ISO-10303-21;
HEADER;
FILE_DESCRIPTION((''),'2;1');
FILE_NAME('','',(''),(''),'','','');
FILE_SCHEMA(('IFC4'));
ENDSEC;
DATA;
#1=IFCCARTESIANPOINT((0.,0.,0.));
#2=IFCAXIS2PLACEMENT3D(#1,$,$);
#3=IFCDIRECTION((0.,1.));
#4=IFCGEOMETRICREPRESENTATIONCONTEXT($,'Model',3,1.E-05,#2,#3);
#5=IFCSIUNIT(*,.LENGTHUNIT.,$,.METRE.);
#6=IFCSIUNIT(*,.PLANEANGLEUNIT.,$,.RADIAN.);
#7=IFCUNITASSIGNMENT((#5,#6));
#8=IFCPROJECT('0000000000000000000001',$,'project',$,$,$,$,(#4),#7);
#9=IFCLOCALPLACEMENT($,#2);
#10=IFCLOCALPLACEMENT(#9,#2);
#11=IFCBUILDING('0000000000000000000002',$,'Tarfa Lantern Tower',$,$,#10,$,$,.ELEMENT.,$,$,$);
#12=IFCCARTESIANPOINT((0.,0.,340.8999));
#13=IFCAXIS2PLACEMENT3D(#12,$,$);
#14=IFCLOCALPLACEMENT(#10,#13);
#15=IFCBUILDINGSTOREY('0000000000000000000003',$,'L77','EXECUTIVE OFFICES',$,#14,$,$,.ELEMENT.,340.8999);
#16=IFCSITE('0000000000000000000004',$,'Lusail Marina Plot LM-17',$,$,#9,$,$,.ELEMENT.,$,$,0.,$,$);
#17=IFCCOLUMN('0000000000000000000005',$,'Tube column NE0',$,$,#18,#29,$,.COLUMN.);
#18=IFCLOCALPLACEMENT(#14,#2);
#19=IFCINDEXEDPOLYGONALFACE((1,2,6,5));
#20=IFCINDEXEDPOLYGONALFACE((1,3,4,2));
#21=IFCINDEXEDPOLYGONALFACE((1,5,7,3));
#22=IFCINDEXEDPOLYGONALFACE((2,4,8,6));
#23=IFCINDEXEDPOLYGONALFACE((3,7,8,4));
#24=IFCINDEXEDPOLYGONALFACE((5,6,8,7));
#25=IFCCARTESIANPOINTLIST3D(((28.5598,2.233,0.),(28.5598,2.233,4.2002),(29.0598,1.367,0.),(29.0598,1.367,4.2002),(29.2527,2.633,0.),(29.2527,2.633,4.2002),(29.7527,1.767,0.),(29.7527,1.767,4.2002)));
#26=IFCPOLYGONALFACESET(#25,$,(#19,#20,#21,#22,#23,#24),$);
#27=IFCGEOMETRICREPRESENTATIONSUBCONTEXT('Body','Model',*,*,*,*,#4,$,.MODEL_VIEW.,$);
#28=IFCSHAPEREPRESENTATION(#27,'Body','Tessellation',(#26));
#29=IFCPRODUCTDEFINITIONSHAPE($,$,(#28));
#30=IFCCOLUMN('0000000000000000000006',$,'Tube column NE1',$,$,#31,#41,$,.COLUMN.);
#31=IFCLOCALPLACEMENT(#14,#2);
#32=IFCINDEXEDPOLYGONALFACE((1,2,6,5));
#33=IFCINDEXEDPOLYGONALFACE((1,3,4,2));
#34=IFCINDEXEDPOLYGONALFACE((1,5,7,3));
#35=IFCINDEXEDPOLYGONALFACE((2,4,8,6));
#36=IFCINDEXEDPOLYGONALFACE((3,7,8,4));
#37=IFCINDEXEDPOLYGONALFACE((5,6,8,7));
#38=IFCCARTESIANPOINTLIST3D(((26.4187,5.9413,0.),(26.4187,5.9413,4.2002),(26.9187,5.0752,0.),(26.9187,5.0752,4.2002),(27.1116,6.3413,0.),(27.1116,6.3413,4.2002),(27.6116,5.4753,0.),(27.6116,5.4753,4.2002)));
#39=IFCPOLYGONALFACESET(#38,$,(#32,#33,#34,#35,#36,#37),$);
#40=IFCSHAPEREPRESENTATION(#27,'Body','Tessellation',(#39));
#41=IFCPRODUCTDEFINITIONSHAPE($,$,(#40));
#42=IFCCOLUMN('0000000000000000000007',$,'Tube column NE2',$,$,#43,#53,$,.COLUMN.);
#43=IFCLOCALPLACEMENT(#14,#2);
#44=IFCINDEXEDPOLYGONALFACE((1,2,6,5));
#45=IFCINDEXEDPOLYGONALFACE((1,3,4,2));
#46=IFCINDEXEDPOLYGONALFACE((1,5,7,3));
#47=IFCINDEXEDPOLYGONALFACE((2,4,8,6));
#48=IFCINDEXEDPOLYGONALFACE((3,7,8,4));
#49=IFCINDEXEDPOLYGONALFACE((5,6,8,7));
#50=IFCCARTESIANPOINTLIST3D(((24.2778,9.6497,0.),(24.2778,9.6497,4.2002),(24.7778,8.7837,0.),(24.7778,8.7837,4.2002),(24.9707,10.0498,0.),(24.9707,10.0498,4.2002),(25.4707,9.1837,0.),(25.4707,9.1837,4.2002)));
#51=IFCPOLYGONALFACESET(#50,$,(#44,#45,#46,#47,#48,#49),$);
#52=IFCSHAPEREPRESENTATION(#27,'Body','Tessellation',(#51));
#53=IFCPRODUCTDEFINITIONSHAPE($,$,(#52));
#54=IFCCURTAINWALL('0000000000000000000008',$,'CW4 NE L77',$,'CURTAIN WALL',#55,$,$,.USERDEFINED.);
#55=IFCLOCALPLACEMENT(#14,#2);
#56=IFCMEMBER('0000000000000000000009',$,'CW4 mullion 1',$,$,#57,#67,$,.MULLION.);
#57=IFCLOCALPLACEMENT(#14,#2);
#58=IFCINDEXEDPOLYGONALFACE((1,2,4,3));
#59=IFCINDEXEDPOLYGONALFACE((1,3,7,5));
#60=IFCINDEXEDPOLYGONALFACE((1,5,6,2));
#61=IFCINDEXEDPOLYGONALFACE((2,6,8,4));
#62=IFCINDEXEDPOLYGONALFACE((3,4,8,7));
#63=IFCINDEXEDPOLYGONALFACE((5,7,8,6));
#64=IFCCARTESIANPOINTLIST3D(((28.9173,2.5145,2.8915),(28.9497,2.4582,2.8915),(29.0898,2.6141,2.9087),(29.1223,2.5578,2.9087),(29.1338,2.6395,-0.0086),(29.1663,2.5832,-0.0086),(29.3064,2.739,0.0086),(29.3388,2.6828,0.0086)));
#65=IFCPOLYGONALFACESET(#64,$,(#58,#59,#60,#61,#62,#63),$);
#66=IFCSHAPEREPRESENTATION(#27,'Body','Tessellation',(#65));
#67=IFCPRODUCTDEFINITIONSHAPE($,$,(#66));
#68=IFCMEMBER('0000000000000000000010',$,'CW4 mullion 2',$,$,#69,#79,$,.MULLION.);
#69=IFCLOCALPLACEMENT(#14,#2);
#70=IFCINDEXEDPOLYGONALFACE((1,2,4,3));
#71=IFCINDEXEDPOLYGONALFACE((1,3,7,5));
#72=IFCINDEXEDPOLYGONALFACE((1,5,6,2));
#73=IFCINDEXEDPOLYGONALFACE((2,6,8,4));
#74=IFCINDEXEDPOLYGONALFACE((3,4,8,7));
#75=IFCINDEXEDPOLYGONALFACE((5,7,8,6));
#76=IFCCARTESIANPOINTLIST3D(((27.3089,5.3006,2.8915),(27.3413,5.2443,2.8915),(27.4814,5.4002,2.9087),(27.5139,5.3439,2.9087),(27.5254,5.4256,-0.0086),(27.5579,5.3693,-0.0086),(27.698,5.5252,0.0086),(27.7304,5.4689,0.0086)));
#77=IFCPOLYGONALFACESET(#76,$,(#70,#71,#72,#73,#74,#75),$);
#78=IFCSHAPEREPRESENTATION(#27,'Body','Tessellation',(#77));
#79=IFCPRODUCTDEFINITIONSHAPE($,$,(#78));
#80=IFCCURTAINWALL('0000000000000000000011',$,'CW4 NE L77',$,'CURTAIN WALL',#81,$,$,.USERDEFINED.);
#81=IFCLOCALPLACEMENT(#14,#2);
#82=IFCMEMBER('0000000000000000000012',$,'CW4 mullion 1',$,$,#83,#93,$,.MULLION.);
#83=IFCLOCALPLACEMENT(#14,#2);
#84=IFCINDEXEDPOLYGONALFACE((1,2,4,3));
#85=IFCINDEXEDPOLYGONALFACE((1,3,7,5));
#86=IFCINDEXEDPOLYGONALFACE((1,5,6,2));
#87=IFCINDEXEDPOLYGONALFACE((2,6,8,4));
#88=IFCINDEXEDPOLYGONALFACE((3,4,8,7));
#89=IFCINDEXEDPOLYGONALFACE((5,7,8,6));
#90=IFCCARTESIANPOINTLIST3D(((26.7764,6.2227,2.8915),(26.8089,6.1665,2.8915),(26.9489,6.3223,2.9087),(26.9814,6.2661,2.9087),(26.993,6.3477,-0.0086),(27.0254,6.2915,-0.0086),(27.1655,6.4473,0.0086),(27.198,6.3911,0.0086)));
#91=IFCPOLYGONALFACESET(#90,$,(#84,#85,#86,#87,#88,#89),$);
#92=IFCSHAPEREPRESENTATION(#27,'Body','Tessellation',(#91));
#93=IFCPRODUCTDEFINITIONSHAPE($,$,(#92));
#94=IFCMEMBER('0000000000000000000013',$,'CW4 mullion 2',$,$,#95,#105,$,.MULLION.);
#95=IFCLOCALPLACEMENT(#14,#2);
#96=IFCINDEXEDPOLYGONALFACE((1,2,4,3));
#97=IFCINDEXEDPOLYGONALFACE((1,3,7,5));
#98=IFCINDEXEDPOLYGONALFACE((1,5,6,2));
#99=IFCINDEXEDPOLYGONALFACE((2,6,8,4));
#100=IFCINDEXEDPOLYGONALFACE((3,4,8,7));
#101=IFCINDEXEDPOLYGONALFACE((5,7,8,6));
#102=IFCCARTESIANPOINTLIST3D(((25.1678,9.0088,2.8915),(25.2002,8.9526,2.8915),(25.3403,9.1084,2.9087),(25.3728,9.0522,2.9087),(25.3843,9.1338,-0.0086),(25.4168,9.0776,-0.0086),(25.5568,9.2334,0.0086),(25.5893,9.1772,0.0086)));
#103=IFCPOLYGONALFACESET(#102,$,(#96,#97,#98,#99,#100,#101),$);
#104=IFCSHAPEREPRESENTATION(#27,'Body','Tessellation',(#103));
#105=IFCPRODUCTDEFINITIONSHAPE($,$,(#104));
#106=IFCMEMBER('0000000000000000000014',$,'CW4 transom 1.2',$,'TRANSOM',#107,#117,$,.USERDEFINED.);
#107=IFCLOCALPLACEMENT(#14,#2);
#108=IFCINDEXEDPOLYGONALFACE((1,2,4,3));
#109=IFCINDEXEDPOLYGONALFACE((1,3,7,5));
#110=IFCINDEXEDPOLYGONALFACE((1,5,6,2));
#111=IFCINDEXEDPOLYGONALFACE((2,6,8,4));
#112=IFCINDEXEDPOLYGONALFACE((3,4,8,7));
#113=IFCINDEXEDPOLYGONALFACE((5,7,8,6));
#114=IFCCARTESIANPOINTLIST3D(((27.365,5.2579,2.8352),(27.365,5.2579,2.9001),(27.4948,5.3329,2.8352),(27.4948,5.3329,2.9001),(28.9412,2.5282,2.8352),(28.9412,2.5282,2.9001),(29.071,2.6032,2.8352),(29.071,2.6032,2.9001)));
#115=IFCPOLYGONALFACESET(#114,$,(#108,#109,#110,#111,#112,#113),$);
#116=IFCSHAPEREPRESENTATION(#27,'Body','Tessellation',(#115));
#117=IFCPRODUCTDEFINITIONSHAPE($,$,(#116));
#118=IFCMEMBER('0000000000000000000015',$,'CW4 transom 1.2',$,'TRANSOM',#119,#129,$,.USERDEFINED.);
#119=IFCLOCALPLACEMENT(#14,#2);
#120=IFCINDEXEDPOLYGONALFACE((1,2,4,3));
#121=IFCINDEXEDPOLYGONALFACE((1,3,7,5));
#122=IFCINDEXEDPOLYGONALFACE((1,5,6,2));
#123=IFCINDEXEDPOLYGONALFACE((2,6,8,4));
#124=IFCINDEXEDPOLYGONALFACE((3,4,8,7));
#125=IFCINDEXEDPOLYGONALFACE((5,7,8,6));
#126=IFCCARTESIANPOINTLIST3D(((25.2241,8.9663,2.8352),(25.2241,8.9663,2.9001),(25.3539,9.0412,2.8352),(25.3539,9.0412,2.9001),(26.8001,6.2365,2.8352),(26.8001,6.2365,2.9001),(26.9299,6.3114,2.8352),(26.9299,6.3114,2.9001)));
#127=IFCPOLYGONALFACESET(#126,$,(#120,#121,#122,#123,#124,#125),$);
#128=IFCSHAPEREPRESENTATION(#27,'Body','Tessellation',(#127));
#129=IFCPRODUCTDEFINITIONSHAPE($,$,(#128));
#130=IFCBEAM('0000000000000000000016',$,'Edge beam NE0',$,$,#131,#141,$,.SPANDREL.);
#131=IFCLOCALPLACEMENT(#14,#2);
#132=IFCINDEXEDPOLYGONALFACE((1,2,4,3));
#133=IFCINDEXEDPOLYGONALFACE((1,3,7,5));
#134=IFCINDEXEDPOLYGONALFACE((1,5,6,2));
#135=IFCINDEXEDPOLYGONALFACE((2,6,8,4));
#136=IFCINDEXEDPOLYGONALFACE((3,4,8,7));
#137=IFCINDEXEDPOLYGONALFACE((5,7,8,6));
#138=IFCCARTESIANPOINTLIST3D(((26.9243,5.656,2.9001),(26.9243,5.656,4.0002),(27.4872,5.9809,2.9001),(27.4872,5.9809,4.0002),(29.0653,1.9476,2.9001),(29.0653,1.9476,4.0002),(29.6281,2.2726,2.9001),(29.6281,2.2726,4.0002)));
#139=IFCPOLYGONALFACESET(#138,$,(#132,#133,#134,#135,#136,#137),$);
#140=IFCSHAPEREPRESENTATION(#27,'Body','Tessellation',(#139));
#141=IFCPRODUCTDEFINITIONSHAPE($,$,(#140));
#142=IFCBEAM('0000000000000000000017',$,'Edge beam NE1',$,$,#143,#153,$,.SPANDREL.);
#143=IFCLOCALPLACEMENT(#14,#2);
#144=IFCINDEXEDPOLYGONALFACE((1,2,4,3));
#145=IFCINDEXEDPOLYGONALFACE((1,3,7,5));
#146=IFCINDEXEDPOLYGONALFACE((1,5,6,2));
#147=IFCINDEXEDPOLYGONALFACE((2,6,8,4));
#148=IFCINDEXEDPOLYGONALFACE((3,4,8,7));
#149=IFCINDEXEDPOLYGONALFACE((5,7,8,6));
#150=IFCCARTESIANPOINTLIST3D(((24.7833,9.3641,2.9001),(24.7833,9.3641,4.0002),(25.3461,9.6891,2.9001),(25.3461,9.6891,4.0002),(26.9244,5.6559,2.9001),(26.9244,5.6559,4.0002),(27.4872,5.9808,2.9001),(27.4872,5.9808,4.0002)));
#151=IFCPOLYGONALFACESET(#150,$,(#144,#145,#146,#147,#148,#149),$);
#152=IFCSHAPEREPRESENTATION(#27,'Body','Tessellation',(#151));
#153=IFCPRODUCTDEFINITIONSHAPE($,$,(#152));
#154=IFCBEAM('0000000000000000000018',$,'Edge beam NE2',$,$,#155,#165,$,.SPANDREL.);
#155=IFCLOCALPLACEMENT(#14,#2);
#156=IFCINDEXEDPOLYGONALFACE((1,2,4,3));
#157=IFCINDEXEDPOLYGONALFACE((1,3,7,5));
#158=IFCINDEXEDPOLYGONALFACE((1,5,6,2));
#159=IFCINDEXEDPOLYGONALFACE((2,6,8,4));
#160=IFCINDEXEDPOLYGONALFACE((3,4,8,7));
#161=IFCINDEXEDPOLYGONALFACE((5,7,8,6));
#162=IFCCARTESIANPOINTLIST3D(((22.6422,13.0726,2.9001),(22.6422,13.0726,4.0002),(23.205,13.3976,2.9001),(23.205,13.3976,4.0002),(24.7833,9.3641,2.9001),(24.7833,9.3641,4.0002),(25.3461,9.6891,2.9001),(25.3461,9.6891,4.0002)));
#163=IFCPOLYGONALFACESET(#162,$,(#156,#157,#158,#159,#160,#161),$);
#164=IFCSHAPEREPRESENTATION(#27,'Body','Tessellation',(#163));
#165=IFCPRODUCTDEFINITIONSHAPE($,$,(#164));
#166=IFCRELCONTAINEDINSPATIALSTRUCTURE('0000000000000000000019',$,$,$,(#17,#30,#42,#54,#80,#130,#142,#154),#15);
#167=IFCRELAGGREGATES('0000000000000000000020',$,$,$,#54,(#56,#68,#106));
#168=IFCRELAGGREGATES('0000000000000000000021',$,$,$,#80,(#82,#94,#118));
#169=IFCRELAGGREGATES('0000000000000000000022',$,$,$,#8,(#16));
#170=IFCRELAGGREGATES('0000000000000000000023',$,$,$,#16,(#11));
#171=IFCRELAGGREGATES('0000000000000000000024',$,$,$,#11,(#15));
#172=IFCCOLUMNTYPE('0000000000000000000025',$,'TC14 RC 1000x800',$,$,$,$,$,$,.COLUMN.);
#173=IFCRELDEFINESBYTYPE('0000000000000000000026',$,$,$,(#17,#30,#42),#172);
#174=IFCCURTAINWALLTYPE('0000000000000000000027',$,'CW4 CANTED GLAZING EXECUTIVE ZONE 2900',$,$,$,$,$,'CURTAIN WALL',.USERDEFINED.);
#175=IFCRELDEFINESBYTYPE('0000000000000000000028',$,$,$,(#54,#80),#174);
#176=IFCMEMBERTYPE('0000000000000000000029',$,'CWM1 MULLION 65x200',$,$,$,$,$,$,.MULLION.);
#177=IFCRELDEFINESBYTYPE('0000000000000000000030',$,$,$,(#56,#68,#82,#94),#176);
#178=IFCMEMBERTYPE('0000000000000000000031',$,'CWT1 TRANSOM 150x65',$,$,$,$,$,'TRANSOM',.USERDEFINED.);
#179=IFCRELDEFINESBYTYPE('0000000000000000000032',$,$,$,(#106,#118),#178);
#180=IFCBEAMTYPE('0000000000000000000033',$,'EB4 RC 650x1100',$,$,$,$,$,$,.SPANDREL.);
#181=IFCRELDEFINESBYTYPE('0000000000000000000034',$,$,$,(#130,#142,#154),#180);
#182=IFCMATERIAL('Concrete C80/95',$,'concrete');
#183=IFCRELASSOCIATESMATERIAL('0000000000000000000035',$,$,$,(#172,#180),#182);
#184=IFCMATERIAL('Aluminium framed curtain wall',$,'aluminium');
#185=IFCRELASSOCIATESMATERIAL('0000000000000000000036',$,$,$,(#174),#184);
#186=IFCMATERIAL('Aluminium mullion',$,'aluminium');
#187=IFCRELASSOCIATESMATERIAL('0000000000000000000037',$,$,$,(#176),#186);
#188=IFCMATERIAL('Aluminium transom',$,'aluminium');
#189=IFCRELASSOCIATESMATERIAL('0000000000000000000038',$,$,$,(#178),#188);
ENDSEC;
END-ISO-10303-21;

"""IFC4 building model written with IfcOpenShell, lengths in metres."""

from ifc_helpers import new_model, si_unit, direction, frame, origin, origin_2d, place, context, subcontext, project, spatial, rectangle, extrude, material, material_profile, profile_set, type_object, element, aggregate, save


model = new_model("IFC4")

# Units and contexts
model_context = context("Model", 3, precision=1e-05, world=origin(), true_north=direction((0.0, 1.0)))
body_context = subcontext(model_context, "Body", "Model", "MODEL_VIEW")
ifc_project = project(units=[si_unit("LENGTHUNIT", "METRE"), si_unit("PLANEANGLEUNIT", "RADIAN")], contexts=[model_context])

# Site, building, storey
site_placement = place(None, origin())
site = spatial("IfcSite", under=ifc_project, at=site_placement, Name="Lusail Marina Plot LM-17", CompositionType="ELEMENT", RefElevation=0.0)
building_placement = place(site_placement, origin())
building = spatial("IfcBuilding", under=site, at=building_placement, Name="Tarfa Lantern Tower", CompositionType="ELEMENT")
storey_placement = place(building_placement, frame((0.0, 0.0, 340.8999)))
storey = spatial("IfcBuildingStorey", under=building, at=storey_placement, Name="L77", Description="EXECUTIVE OFFICES", CompositionType="ELEMENT", Elevation=340.8999)

# Columns
ifc_material_1 = material(Name="Concrete C80/95", Category="concrete")
ifc_material_profile_1 = material_profile(ifc_material_1, rectangle(XDim=1.0, YDim=0.8, at=origin_2d()), Name="RC 1000x800")
ifc_profile_set_1 = profile_set([ifc_material_profile_1], Name="Concrete C80/95")
column_type = type_object("IfcColumnType", Name="TC14 RC 1000x800", PredefinedType="COLUMN", material=ifc_profile_set_1)
for number, where, z_axis, x_axis, name in (
    (1, (29.1562, 2.0, 0.0), (0.0, 0.0, 1.0), (-0.5, 0.866025, 0.0), "Tube column NE0"),
    (2, (27.0151, 5.7083, 0.0), (0.0, 0.0, 1.0), (-0.5, 0.866025, 0.0), "Tube column NE1"),
    (3, (24.8743, 9.4167, 0.0), (0.0, 0.0, 1.0), (-0.5, 0.866025, 0.0), "Tube column NE2"),
):
    element("IfcColumn", number, at=place(storey_placement, frame(where, z_axis=z_axis, x_axis=x_axis)), inside=storey, type_object=column_type, Name=name, PredefinedType="COLUMN", context=body_context, shape_type="SweptSolid", body=[
        extrude(rectangle(XDim=1.0, YDim=0.8, at=origin_2d()), origin(), (0.0, 0.0, 1.0), 4.2002),
    ])

# Curtain walls, members
ifc_material_2 = material(Name="Aluminium framed curtain wall", Category="aluminium")
curtain_wall_type = type_object("IfcCurtainWallType", Name="CW4 CANTED GLAZING EXECUTIVE ZONE 2900", ElementType="CURTAIN WALL", PredefinedType="USERDEFINED", material=ifc_material_2)
curtain_wall_1_placement = place(storey_placement, origin())
curtain_wall_1 = element("IfcCurtainWall", 4, at=curtain_wall_1_placement, inside=storey, type_object=curtain_wall_type, Name="CW4 NE L77", ObjectType="CURTAIN WALL", PredefinedType="USERDEFINED")
ifc_material_3 = material(Name="Aluminium mullion", Category="aluminium")
ifc_material_profile_2 = material_profile(ifc_material_3, rectangle(XDim=0.0649, YDim=0.2, at=origin_2d()), Name="AL MULLION 65x200")
ifc_profile_set_2 = profile_set([ifc_material_profile_2], Name="Aluminium mullion")
member_type_1 = type_object("IfcMemberType", Name="CWM1 MULLION 65x200", PredefinedType="MULLION", material=ifc_profile_set_2)
member_1_placement = place(storey_placement, frame((29.2363, 2.6611, 0.0), z_axis=(-0.074394, -0.042942, 0.996304), x_axis=(0.49992, -0.866072, 0.0)))
member_1 = element("IfcMember", 5, at=member_1_placement, type_object=member_type_1, Name="CW4 mullion 1", PredefinedType="MULLION", context=body_context, shape_type="SweptSolid", body=[
    extrude(rectangle(XDim=0.0649, YDim=0.2, at=origin_2d()), origin(), (0.0, 0.0, 1.0), 2.9109),
])
member_2_placement = place(storey_placement, frame((27.6279, 5.4473, 0.0), z_axis=(-0.074394, -0.042942, 0.996304), x_axis=(0.49992, -0.866072, 0.0)))
member_2 = element("IfcMember", 6, at=member_2_placement, type_object=member_type_1, Name="CW4 mullion 2", PredefinedType="MULLION", context=body_context, shape_type="SweptSolid", body=[
    extrude(rectangle(XDim=0.0649, YDim=0.2, at=origin_2d()), origin(), (0.0, 0.0, 1.0), 2.9109),
])
curtain_wall_2_placement = place(storey_placement, origin())
curtain_wall_2 = element("IfcCurtainWall", 7, at=curtain_wall_2_placement, inside=storey, type_object=curtain_wall_type, Name="CW4 NE L77", ObjectType="CURTAIN WALL", PredefinedType="USERDEFINED")
member_3_placement = place(storey_placement, frame((27.0955, 6.3694, 0.0), z_axis=(-0.074394, -0.042942, 0.996304), x_axis=(0.49992, -0.866072, 0.0)))
member_3 = element("IfcMember", 8, at=member_3_placement, type_object=member_type_1, Name="CW4 mullion 1", PredefinedType="MULLION", context=body_context, shape_type="SweptSolid", body=[
    extrude(rectangle(XDim=0.0649, YDim=0.2, at=origin_2d()), origin(), (0.0, 0.0, 1.0), 2.9109),
])
member_4_placement = place(storey_placement, frame((25.4868, 9.1555, 0.0), z_axis=(-0.074394, -0.042942, 0.996304), x_axis=(0.49992, -0.866072, 0.0)))
member_4 = element("IfcMember", 9, at=member_4_placement, type_object=member_type_1, Name="CW4 mullion 2", PredefinedType="MULLION", context=body_context, shape_type="SweptSolid", body=[
    extrude(rectangle(XDim=0.0649, YDim=0.2, at=origin_2d()), origin(), (0.0, 0.0, 1.0), 2.9109),
])

# Members
ifc_material_4 = material(Name="Aluminium transom", Category="aluminium")
ifc_material_profile_3 = material_profile(ifc_material_4, rectangle(XDim=0.1499, YDim=0.0649, at=origin_2d()), Name="AL TRANSOM 150x65")
ifc_profile_set_3 = profile_set([ifc_material_profile_3], Name="Aluminium transom")
member_type_2 = type_object("IfcMemberType", Name="CWT1 TRANSOM 150x65", ElementType="TRANSOM", PredefinedType="USERDEFINED", material=ifc_profile_set_3)
member_5_placement = place(storey_placement, frame((29.0061, 2.5657, 2.8677), z_axis=(-0.500038, 0.866004, 0.0), x_axis=(-0.866004, -0.500038, 0.0)))
member_5 = element("IfcMember", 10, at=member_5_placement, type_object=member_type_2, Name="CW4 transom 1.2", ObjectType="TRANSOM", PredefinedType="USERDEFINED", context=body_context, shape_type="SweptSolid", body=[
    extrude(rectangle(XDim=0.1499, YDim=0.0649, at=origin_2d()), origin(), (0.0, 0.0, 1.0), 3.1521),
])
member_6_placement = place(storey_placement, frame((26.865, 6.2739, 2.8677), z_axis=(-0.499979, 0.866037, 0.0), x_axis=(-0.866037, -0.499979, 0.0)))
member_6 = element("IfcMember", 11, at=member_6_placement, type_object=member_type_2, Name="CW4 transom 1.2", ObjectType="TRANSOM", PredefinedType="USERDEFINED", context=body_context, shape_type="SweptSolid", body=[
    extrude(rectangle(XDim=0.1499, YDim=0.0649, at=origin_2d()), origin(), (0.0, 0.0, 1.0), 3.1521),
])

# Beams
ifc_material_profile_4 = material_profile(ifc_material_1, rectangle(XDim=0.6499, YDim=1.1001, at=origin_2d()), Name="RC 650x1100")
ifc_profile_set_4 = profile_set([ifc_material_profile_4], Name="Concrete C80/95")
beam_type_1 = type_object("IfcBeamType", Name="EB4 RC 650x1100", PredefinedType="SPANDREL", material=ifc_profile_set_4)
for number, where, z_axis, x_axis, name in (
    (12, (29.3467, 2.1101, 3.4502), (-0.499984, 0.866035, 0.0), (-0.866035, -0.499984, 0.0), "Edge beam NE0"),
    (13, (27.2058, 5.8184, 3.4502), (-0.500027, 0.86601, 0.0), (-0.86601, -0.500027, 0.0), "Edge beam NE1"),
):
    element("IfcBeam", number, at=place(storey_placement, frame(where, z_axis=z_axis, x_axis=x_axis)), inside=storey, type_object=beam_type_1, Name=name, PredefinedType="SPANDREL", context=body_context, shape_type="SweptSolid", body=[
        extrude(rectangle(XDim=0.6499, YDim=1.1001, at=origin_2d()), origin(), (0.0, 0.0, 1.0), 4.282),
    ])
beam_1_placement = place(storey_placement, frame((25.0647, 9.5266, 3.4502), z_axis=(-0.500002, 0.866024, 0.0), x_axis=(-0.866024, -0.500002, 0.0)))
element("IfcBeam", 14, at=beam_1_placement, inside=storey, type_object=beam_type_1, Name="Edge beam NE2", PredefinedType="SPANDREL", context=body_context, shape_type="SweptSolid", body=[
    extrude(rectangle(XDim=0.6499, YDim=1.1001, at=origin_2d()), origin(), (0.0, 0.0, 1.0), 4.2822),
])

aggregate(curtain_wall_1, [member_1, member_2, member_5])
aggregate(curtain_wall_2, [member_3, member_4, member_6])

save(model, "model.ifc")
